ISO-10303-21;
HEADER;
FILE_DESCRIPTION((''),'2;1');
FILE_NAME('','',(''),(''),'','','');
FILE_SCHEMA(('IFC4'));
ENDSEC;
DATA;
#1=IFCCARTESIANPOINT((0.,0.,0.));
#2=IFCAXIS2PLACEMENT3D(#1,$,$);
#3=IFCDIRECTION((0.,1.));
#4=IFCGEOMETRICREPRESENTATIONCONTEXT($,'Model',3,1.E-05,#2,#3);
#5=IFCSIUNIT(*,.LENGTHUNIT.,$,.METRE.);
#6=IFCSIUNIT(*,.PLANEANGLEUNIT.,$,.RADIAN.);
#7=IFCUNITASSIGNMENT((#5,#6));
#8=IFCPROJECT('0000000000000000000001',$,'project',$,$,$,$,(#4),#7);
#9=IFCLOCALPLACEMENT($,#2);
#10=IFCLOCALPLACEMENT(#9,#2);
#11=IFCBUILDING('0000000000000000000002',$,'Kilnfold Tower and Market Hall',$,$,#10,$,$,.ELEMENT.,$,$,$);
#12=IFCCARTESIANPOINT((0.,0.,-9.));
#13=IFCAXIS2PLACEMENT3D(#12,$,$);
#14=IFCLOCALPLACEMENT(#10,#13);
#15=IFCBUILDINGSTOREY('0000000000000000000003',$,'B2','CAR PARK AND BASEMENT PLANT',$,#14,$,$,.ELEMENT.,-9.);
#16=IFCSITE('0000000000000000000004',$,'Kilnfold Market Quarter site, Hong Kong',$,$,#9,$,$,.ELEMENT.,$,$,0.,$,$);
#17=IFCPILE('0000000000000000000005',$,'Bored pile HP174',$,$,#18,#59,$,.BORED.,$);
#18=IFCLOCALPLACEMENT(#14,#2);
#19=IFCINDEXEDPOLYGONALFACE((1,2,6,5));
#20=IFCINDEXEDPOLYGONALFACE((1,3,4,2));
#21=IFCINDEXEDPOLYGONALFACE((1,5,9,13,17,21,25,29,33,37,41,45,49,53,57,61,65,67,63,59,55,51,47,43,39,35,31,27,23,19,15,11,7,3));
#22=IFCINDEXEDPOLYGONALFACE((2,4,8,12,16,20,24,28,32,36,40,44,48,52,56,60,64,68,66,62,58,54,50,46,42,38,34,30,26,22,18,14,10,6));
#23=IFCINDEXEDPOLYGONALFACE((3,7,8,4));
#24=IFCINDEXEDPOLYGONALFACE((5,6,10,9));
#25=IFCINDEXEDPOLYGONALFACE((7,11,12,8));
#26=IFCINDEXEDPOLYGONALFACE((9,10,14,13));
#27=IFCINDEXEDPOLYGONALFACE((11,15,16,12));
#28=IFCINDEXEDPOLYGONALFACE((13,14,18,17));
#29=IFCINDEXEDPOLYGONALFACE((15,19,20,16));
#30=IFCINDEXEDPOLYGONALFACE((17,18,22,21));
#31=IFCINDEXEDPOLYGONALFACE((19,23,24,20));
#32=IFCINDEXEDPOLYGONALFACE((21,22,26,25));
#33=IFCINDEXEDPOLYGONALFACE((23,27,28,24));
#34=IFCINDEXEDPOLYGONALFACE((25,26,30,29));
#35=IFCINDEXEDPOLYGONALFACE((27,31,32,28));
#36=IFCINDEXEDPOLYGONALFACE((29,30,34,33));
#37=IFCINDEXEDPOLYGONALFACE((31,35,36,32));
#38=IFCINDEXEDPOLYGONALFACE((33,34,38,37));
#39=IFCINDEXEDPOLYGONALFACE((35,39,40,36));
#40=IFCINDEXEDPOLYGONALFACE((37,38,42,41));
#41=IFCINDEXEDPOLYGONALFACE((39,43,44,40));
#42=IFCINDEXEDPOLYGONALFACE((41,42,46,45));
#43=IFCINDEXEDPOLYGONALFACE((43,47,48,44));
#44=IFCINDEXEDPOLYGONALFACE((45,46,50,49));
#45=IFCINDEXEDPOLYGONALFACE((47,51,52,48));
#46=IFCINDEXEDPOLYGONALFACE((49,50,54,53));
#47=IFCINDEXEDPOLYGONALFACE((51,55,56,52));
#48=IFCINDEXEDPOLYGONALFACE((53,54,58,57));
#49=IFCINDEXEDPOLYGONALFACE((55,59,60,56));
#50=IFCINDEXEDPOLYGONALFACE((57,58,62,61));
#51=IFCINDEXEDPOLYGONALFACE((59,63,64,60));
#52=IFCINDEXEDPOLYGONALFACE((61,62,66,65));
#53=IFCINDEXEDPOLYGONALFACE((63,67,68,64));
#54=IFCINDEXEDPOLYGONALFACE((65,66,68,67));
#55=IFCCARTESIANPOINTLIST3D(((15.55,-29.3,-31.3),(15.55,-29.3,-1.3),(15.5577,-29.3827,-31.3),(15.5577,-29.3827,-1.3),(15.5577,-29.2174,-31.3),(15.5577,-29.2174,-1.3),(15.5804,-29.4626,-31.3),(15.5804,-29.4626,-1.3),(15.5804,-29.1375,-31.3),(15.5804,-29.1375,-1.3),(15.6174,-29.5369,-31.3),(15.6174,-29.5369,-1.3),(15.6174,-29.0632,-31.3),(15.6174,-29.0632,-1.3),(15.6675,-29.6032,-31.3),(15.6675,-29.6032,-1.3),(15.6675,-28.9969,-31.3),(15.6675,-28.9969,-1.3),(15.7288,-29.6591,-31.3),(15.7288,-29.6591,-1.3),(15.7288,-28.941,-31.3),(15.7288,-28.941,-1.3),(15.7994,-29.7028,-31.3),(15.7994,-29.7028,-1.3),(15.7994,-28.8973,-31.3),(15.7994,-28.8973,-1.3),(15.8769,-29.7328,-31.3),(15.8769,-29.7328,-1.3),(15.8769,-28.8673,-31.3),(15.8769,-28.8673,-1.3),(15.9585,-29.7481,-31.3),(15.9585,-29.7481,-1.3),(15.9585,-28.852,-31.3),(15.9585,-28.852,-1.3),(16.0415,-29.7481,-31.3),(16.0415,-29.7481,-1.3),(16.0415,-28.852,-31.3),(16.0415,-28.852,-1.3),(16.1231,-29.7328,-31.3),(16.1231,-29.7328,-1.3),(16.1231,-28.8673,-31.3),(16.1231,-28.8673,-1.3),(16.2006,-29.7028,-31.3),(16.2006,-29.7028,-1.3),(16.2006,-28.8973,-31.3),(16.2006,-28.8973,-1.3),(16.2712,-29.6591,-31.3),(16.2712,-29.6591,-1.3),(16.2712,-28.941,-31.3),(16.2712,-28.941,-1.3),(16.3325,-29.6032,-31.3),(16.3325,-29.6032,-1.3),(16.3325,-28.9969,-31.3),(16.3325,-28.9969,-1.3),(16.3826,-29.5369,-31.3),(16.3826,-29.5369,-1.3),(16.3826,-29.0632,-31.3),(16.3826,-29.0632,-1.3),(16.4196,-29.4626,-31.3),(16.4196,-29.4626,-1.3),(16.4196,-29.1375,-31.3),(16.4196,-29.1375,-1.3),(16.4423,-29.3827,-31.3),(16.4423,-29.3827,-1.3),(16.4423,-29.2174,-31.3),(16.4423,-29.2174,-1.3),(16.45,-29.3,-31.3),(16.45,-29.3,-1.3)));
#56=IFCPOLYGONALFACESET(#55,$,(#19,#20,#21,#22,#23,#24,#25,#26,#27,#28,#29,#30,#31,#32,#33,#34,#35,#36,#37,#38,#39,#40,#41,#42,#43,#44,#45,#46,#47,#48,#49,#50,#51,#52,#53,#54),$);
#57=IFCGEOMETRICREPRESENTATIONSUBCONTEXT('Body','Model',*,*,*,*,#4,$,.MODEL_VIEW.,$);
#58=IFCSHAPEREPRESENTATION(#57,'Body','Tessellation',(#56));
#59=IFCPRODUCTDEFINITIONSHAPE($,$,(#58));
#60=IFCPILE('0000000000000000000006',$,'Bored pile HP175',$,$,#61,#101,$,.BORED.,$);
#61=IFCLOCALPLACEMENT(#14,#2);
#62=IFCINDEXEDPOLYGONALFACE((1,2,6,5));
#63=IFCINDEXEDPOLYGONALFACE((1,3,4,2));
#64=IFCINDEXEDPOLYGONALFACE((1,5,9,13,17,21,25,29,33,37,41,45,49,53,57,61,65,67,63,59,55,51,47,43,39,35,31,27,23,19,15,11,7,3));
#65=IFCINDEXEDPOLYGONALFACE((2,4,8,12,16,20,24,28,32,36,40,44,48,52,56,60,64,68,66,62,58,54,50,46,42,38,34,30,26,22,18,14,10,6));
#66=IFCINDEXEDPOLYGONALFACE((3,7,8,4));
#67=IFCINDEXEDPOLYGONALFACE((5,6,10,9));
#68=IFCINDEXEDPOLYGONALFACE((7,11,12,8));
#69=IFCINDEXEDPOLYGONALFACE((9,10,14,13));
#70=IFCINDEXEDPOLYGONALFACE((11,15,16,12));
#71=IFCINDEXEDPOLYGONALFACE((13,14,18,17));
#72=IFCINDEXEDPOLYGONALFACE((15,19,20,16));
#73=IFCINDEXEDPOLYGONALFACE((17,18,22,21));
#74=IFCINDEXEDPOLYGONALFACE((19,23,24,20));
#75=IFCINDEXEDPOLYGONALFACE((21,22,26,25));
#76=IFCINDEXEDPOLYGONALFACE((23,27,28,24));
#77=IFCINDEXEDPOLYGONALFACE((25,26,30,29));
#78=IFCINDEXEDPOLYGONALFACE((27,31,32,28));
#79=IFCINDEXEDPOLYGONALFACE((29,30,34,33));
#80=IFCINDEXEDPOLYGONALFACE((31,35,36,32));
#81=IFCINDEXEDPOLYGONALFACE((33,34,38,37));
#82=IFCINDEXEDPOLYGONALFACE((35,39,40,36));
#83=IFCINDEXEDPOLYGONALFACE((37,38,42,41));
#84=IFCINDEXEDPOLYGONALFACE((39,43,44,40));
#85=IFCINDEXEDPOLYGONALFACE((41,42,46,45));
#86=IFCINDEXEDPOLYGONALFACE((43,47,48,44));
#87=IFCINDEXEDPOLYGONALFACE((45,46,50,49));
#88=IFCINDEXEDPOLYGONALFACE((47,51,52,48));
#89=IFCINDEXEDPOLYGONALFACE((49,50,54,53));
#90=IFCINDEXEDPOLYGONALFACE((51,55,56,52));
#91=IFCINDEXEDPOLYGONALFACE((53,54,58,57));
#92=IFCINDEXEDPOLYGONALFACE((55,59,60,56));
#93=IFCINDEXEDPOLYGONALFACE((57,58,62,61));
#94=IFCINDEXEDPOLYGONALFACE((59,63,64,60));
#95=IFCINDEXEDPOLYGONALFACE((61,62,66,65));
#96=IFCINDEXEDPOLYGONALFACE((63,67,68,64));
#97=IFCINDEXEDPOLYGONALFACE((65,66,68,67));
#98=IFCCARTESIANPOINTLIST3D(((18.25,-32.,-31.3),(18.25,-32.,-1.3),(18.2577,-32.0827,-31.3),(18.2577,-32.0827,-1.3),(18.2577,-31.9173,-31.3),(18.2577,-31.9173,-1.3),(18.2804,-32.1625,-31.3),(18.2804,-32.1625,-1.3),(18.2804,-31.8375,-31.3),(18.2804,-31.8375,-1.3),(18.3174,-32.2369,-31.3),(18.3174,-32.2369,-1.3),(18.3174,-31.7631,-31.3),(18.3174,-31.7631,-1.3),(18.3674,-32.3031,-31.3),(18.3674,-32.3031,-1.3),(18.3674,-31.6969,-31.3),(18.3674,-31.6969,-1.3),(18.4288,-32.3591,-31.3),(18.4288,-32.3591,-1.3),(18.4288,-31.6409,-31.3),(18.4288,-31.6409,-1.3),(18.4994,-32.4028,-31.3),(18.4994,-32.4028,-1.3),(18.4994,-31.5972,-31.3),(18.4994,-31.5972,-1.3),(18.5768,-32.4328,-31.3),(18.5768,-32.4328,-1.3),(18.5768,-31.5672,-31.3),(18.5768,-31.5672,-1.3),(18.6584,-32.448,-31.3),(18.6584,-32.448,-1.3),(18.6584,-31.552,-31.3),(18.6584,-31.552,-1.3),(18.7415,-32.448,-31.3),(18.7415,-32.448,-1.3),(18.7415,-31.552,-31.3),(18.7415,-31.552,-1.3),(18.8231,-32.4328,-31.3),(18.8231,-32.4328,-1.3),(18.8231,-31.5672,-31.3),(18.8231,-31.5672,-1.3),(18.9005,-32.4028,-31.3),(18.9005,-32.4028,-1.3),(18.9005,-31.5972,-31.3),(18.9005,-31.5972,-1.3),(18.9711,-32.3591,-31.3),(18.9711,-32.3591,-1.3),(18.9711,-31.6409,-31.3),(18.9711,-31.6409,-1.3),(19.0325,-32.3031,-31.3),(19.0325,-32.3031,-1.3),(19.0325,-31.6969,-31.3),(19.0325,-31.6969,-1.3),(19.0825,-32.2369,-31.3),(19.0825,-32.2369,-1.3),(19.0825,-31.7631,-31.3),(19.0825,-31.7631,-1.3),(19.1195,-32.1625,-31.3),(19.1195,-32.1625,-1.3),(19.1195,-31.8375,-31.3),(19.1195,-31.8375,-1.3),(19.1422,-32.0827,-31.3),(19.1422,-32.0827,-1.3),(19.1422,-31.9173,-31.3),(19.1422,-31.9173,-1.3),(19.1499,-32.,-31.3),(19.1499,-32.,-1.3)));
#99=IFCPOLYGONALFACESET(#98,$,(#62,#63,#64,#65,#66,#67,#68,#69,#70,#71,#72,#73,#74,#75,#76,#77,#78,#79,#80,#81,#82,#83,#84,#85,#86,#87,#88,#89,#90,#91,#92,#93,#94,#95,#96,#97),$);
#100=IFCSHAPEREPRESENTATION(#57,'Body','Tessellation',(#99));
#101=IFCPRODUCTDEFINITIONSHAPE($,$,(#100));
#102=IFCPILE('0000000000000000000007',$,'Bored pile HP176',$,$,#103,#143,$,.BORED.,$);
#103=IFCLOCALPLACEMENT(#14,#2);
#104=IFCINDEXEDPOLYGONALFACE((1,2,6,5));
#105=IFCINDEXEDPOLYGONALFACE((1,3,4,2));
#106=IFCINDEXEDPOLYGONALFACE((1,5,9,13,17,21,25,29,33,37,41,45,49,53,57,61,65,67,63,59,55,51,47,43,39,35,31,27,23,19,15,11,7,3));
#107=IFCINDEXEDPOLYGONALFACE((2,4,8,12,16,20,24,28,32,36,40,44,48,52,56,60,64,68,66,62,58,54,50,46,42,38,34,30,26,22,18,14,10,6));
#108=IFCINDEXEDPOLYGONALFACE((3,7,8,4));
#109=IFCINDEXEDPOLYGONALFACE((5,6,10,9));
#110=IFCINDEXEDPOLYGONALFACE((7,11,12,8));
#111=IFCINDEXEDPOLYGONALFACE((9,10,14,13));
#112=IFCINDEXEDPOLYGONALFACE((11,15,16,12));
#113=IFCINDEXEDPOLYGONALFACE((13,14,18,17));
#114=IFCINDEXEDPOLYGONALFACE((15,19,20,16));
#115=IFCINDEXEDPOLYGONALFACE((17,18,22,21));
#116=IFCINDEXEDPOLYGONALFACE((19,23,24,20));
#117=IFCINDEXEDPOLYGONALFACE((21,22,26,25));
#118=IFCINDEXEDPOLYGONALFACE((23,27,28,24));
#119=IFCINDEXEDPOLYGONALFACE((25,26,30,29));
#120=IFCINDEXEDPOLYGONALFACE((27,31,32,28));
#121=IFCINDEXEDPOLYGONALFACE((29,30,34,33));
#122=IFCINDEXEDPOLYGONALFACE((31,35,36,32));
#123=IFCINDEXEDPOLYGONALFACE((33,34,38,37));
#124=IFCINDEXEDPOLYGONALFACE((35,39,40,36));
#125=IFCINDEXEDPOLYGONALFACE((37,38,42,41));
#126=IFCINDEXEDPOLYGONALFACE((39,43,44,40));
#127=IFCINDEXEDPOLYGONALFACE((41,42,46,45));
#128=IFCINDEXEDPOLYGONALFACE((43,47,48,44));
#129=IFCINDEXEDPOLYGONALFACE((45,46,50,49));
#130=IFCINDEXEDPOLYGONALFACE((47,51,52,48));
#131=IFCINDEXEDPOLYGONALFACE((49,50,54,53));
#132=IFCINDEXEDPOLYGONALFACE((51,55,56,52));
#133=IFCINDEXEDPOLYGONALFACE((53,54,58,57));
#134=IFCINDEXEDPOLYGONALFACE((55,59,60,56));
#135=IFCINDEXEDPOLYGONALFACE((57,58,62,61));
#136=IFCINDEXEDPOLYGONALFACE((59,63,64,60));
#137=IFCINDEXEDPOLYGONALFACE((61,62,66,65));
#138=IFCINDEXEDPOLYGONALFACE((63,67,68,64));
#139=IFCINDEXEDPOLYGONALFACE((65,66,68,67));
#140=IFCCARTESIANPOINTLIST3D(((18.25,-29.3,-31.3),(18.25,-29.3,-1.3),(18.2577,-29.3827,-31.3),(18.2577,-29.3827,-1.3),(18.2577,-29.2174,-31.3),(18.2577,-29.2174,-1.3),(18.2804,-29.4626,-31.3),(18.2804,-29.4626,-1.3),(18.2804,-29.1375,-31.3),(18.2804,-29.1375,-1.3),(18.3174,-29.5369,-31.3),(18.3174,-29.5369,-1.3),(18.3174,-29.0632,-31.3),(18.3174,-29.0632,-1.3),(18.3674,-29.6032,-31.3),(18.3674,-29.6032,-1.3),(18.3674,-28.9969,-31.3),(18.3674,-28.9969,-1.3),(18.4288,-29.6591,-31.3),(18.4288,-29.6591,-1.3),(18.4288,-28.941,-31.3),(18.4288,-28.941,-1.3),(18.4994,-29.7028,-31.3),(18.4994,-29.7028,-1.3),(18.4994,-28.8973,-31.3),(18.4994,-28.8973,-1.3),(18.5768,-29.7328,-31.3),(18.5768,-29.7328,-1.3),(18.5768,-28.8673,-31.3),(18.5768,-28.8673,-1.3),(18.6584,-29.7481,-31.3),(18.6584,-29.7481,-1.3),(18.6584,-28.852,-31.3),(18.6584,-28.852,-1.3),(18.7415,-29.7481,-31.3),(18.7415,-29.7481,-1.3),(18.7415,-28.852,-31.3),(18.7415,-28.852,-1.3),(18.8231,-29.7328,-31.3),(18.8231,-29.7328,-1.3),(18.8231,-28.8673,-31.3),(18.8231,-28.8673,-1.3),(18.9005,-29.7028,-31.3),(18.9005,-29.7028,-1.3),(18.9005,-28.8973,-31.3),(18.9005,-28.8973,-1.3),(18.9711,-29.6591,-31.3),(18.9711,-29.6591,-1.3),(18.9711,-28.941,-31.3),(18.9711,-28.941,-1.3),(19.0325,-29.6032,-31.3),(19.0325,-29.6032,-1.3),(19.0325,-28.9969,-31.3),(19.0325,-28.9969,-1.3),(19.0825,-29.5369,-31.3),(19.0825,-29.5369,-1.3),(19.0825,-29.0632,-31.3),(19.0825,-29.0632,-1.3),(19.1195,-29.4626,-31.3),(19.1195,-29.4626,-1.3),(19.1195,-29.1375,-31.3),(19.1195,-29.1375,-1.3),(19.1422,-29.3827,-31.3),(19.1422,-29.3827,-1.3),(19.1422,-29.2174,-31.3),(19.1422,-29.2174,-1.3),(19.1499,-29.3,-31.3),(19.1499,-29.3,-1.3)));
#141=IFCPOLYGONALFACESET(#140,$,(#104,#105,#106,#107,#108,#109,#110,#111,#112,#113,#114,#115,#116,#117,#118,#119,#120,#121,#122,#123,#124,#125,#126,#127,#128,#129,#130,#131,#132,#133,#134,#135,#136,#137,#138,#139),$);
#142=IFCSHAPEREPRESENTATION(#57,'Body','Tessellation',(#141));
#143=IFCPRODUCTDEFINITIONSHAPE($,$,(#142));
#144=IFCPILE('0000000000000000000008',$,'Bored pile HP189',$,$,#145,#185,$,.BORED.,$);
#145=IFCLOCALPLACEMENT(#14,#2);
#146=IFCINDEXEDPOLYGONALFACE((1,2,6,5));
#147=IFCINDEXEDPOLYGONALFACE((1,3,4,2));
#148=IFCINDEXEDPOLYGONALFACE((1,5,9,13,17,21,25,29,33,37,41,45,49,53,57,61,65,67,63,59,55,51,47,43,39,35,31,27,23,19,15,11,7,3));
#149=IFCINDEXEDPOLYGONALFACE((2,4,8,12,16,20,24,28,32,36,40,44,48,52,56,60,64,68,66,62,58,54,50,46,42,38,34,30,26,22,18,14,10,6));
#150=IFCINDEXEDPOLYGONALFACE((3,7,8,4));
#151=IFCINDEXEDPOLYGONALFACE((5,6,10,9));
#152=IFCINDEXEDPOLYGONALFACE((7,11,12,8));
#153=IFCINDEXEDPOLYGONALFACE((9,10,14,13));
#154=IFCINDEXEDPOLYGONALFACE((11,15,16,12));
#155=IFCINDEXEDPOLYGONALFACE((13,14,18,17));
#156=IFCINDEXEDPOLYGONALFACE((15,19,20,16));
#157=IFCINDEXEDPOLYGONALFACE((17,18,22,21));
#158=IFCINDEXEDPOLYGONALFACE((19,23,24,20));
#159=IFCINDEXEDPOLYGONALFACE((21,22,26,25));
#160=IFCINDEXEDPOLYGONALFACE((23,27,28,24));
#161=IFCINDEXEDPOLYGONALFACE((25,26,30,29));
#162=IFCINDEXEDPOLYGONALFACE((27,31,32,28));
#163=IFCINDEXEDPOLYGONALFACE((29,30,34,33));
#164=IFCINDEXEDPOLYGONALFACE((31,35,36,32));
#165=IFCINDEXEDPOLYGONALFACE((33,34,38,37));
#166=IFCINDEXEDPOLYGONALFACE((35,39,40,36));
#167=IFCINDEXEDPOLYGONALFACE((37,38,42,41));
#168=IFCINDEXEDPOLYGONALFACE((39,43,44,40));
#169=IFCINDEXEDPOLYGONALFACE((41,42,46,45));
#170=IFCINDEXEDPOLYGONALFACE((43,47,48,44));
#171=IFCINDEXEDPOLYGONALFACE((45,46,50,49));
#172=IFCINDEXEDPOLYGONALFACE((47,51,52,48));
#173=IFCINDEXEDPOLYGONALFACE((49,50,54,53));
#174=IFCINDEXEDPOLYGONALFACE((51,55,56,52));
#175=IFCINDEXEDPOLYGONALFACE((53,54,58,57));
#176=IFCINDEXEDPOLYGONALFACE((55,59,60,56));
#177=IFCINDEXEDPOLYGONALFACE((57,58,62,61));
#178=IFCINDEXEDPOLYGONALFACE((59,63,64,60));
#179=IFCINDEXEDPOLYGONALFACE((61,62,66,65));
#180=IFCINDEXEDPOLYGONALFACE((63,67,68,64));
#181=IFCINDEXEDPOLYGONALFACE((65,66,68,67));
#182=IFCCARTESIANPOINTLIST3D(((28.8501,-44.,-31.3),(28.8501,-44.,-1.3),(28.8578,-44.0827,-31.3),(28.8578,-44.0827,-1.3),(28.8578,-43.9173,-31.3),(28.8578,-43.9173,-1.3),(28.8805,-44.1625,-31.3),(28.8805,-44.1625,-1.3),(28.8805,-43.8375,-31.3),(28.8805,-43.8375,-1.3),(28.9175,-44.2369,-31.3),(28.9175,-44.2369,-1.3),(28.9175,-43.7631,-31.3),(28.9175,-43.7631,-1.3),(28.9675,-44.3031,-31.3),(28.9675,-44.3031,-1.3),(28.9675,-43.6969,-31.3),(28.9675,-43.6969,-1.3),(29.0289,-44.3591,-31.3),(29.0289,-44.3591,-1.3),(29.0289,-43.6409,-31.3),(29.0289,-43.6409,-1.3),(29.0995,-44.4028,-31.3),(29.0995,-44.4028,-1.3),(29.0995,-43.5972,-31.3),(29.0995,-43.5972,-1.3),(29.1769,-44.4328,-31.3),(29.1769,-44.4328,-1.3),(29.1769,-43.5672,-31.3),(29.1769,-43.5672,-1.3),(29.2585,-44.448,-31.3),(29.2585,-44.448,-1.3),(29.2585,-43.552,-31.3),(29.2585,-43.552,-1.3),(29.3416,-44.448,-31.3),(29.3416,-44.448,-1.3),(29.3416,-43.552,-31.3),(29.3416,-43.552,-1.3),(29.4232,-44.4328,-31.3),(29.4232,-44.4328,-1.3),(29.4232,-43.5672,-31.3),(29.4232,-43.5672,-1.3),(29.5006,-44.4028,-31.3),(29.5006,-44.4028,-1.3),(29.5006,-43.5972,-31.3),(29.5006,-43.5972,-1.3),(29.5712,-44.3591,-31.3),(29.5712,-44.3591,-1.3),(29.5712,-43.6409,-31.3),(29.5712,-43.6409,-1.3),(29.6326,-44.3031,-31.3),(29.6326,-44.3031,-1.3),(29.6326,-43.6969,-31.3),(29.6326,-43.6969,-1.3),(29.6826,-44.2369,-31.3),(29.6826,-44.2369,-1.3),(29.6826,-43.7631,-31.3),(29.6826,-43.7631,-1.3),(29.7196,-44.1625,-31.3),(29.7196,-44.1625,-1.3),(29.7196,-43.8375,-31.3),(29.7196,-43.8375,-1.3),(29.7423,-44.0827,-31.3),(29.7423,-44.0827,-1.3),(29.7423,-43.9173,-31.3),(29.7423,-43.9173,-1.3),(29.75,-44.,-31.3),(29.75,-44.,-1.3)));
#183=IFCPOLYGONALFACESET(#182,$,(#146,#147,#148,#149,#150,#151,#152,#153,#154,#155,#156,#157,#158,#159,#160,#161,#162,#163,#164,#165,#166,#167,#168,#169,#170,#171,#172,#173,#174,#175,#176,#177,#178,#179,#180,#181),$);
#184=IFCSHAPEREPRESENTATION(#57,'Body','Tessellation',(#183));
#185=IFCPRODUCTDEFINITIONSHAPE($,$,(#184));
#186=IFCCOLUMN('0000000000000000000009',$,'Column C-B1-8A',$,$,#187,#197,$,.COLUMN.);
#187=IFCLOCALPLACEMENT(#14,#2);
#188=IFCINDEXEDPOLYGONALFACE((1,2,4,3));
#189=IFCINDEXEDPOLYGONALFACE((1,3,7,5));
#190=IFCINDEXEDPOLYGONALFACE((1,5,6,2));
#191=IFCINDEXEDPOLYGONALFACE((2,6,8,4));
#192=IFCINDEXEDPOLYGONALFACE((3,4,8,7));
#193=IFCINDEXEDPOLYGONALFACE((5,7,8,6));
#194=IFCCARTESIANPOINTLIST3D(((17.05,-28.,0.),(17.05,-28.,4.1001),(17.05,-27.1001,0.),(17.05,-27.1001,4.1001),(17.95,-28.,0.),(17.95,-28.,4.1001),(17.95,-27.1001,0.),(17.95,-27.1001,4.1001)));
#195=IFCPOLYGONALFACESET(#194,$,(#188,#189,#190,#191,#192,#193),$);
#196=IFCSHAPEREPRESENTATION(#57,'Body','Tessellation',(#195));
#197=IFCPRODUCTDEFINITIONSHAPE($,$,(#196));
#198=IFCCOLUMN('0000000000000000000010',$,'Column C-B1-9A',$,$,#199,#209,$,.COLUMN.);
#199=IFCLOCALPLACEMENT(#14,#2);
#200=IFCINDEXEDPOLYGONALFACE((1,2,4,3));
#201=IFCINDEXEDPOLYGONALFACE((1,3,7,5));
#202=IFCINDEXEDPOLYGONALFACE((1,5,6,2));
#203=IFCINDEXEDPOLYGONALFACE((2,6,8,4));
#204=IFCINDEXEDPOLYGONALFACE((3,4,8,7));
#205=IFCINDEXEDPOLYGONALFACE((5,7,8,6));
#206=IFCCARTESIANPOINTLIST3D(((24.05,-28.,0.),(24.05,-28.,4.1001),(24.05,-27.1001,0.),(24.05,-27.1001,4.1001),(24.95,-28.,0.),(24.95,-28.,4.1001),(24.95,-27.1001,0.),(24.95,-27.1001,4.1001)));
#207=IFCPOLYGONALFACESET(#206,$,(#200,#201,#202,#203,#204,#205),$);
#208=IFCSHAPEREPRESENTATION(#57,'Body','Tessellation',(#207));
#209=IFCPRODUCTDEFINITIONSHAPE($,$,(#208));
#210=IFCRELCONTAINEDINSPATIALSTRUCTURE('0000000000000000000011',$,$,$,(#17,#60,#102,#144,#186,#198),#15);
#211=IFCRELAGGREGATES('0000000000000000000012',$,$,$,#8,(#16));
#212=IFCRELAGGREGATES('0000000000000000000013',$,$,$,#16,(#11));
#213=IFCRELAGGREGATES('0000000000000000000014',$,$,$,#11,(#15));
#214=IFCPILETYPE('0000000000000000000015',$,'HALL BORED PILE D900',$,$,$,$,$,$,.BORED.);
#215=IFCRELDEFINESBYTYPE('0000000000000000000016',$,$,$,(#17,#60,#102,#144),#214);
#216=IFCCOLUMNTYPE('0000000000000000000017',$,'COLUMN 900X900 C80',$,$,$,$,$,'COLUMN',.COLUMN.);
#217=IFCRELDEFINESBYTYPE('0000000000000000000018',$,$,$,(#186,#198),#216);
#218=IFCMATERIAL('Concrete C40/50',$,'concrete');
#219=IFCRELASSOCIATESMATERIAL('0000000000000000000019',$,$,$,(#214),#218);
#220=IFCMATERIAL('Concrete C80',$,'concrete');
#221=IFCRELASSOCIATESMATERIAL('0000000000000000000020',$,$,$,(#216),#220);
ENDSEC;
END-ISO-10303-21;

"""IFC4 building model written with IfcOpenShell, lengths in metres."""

from ifc_helpers import new_model, si_unit, direction, frame, origin, origin_2d, place, context, subcontext, project, spatial, rectangle, circle, extrude, source, transform, mapped, material, material_profile, profile_set, type_object, element, save


model = new_model("IFC4")

# Units and contexts
model_context = context("Model", 3, precision=1e-05, world=origin(), true_north=direction((0.0, 1.0)))
body_context = subcontext(model_context, "Body", "Model", "MODEL_VIEW")
ifc_project = project(units=[si_unit("LENGTHUNIT", "METRE"), si_unit("PLANEANGLEUNIT", "RADIAN")], contexts=[model_context])

# Site, building, storey
site_placement = place(None, origin())
site = spatial("IfcSite", under=ifc_project, at=site_placement, Name="Kilnfold Market Quarter site, Hong Kong", CompositionType="ELEMENT", RefElevation=0.0)
building_placement = place(site_placement, origin())
building = spatial("IfcBuilding", under=site, at=building_placement, Name="Kilnfold Tower and Market Hall", CompositionType="ELEMENT")
storey_placement = place(building_placement, frame((0.0, 0.0, -9.0)))
storey = spatial("IfcBuildingStorey", under=building, at=storey_placement, Name="B2", Description="CAR PARK AND BASEMENT PLANT", CompositionType="ELEMENT", Elevation=-9.0)

# Piles
ifc_material_1 = material(Name="Concrete C40/50", Category="concrete")
ifc_material_profile_1 = material_profile(ifc_material_1, circle(Radius=0.45, at=origin_2d()), Name="D900")
ifc_profile_set_1 = profile_set([ifc_material_profile_1], Name="Concrete C40/50")
pile_type_1 = type_object("IfcPileType", Name="HALL BORED PILE D900", PredefinedType="BORED", material=ifc_profile_set_1)
shared_shape_1 = source(origin(), body_context, "Body", "SweptSolid", [
    extrude(circle(Radius=0.45, at=origin_2d()), origin(), (0.0, 0.0, 1.0), 30.0),
])
for number, where, z_axis, x_axis, name in (
    (1, (16.0, -29.3, -1.3), (0.0, 0.0, -1.0), (1.0, 0.0, 0.0), "Bored pile HP174"),
    (2, (18.7, -32.0, -1.3), (0.0, 0.0, -1.0), (1.0, 0.0, 0.0), "Bored pile HP175"),
    (3, (18.7, -29.3, -1.3), (0.0, 0.0, -1.0), (1.0, 0.0, 0.0), "Bored pile HP176"),
    (4, (29.3, -44.0, -1.3), (0.0, 0.0, -1.0), (1.0, 0.0, 0.0), "Bored pile HP189"),
):
    element("IfcPile", number, at=place(storey_placement, frame(where, z_axis=z_axis, x_axis=x_axis)), inside=storey, type_object=pile_type_1, Name=name, PredefinedType="BORED", context=body_context, shape_type="MappedRepresentation", body=[
        mapped(shared_shape_1, transform((0.0, 0.0, 0.0))),
    ])

# Columns
ifc_material_2 = material(Name="Concrete C80", Category="concrete")
ifc_material_profile_2 = material_profile(ifc_material_2, rectangle(XDim=0.8999, YDim=0.8999, at=origin_2d()), Name="RC 900x900")
ifc_profile_set_2 = profile_set([ifc_material_profile_2], Name="Concrete C80")
column_type_1 = type_object("IfcColumnType", Name="COLUMN 900X900 C80", ElementType="COLUMN", PredefinedType="COLUMN", material=ifc_profile_set_2)
shared_shape_2 = source(origin(), body_context, "Body", "SweptSolid", [
    extrude(rectangle(XDim=0.8999, YDim=0.8999, at=origin_2d()), origin(), (0.0, 0.0, 1.0), 4.1001),
])
for number, where, z_axis, x_axis, name in (
    (5, (17.5, -27.55, 0.0), (0.0, 0.0, 1.0), (1.0, 0.0, 0.0), "Column C-B1-8A"),
    (6, (24.5, -27.55, 0.0), (0.0, 0.0, 1.0), (1.0, 0.0, 0.0), "Column C-B1-9A"),
):
    element("IfcColumn", number, at=place(storey_placement, frame(where, z_axis=z_axis, x_axis=x_axis)), inside=storey, type_object=column_type_1, Name=name, PredefinedType="COLUMN", context=body_context, shape_type="MappedRepresentation", body=[
        mapped(shared_shape_2, transform((0.0, 0.0, 0.0))),
    ])

save(model, "model.ifc")
